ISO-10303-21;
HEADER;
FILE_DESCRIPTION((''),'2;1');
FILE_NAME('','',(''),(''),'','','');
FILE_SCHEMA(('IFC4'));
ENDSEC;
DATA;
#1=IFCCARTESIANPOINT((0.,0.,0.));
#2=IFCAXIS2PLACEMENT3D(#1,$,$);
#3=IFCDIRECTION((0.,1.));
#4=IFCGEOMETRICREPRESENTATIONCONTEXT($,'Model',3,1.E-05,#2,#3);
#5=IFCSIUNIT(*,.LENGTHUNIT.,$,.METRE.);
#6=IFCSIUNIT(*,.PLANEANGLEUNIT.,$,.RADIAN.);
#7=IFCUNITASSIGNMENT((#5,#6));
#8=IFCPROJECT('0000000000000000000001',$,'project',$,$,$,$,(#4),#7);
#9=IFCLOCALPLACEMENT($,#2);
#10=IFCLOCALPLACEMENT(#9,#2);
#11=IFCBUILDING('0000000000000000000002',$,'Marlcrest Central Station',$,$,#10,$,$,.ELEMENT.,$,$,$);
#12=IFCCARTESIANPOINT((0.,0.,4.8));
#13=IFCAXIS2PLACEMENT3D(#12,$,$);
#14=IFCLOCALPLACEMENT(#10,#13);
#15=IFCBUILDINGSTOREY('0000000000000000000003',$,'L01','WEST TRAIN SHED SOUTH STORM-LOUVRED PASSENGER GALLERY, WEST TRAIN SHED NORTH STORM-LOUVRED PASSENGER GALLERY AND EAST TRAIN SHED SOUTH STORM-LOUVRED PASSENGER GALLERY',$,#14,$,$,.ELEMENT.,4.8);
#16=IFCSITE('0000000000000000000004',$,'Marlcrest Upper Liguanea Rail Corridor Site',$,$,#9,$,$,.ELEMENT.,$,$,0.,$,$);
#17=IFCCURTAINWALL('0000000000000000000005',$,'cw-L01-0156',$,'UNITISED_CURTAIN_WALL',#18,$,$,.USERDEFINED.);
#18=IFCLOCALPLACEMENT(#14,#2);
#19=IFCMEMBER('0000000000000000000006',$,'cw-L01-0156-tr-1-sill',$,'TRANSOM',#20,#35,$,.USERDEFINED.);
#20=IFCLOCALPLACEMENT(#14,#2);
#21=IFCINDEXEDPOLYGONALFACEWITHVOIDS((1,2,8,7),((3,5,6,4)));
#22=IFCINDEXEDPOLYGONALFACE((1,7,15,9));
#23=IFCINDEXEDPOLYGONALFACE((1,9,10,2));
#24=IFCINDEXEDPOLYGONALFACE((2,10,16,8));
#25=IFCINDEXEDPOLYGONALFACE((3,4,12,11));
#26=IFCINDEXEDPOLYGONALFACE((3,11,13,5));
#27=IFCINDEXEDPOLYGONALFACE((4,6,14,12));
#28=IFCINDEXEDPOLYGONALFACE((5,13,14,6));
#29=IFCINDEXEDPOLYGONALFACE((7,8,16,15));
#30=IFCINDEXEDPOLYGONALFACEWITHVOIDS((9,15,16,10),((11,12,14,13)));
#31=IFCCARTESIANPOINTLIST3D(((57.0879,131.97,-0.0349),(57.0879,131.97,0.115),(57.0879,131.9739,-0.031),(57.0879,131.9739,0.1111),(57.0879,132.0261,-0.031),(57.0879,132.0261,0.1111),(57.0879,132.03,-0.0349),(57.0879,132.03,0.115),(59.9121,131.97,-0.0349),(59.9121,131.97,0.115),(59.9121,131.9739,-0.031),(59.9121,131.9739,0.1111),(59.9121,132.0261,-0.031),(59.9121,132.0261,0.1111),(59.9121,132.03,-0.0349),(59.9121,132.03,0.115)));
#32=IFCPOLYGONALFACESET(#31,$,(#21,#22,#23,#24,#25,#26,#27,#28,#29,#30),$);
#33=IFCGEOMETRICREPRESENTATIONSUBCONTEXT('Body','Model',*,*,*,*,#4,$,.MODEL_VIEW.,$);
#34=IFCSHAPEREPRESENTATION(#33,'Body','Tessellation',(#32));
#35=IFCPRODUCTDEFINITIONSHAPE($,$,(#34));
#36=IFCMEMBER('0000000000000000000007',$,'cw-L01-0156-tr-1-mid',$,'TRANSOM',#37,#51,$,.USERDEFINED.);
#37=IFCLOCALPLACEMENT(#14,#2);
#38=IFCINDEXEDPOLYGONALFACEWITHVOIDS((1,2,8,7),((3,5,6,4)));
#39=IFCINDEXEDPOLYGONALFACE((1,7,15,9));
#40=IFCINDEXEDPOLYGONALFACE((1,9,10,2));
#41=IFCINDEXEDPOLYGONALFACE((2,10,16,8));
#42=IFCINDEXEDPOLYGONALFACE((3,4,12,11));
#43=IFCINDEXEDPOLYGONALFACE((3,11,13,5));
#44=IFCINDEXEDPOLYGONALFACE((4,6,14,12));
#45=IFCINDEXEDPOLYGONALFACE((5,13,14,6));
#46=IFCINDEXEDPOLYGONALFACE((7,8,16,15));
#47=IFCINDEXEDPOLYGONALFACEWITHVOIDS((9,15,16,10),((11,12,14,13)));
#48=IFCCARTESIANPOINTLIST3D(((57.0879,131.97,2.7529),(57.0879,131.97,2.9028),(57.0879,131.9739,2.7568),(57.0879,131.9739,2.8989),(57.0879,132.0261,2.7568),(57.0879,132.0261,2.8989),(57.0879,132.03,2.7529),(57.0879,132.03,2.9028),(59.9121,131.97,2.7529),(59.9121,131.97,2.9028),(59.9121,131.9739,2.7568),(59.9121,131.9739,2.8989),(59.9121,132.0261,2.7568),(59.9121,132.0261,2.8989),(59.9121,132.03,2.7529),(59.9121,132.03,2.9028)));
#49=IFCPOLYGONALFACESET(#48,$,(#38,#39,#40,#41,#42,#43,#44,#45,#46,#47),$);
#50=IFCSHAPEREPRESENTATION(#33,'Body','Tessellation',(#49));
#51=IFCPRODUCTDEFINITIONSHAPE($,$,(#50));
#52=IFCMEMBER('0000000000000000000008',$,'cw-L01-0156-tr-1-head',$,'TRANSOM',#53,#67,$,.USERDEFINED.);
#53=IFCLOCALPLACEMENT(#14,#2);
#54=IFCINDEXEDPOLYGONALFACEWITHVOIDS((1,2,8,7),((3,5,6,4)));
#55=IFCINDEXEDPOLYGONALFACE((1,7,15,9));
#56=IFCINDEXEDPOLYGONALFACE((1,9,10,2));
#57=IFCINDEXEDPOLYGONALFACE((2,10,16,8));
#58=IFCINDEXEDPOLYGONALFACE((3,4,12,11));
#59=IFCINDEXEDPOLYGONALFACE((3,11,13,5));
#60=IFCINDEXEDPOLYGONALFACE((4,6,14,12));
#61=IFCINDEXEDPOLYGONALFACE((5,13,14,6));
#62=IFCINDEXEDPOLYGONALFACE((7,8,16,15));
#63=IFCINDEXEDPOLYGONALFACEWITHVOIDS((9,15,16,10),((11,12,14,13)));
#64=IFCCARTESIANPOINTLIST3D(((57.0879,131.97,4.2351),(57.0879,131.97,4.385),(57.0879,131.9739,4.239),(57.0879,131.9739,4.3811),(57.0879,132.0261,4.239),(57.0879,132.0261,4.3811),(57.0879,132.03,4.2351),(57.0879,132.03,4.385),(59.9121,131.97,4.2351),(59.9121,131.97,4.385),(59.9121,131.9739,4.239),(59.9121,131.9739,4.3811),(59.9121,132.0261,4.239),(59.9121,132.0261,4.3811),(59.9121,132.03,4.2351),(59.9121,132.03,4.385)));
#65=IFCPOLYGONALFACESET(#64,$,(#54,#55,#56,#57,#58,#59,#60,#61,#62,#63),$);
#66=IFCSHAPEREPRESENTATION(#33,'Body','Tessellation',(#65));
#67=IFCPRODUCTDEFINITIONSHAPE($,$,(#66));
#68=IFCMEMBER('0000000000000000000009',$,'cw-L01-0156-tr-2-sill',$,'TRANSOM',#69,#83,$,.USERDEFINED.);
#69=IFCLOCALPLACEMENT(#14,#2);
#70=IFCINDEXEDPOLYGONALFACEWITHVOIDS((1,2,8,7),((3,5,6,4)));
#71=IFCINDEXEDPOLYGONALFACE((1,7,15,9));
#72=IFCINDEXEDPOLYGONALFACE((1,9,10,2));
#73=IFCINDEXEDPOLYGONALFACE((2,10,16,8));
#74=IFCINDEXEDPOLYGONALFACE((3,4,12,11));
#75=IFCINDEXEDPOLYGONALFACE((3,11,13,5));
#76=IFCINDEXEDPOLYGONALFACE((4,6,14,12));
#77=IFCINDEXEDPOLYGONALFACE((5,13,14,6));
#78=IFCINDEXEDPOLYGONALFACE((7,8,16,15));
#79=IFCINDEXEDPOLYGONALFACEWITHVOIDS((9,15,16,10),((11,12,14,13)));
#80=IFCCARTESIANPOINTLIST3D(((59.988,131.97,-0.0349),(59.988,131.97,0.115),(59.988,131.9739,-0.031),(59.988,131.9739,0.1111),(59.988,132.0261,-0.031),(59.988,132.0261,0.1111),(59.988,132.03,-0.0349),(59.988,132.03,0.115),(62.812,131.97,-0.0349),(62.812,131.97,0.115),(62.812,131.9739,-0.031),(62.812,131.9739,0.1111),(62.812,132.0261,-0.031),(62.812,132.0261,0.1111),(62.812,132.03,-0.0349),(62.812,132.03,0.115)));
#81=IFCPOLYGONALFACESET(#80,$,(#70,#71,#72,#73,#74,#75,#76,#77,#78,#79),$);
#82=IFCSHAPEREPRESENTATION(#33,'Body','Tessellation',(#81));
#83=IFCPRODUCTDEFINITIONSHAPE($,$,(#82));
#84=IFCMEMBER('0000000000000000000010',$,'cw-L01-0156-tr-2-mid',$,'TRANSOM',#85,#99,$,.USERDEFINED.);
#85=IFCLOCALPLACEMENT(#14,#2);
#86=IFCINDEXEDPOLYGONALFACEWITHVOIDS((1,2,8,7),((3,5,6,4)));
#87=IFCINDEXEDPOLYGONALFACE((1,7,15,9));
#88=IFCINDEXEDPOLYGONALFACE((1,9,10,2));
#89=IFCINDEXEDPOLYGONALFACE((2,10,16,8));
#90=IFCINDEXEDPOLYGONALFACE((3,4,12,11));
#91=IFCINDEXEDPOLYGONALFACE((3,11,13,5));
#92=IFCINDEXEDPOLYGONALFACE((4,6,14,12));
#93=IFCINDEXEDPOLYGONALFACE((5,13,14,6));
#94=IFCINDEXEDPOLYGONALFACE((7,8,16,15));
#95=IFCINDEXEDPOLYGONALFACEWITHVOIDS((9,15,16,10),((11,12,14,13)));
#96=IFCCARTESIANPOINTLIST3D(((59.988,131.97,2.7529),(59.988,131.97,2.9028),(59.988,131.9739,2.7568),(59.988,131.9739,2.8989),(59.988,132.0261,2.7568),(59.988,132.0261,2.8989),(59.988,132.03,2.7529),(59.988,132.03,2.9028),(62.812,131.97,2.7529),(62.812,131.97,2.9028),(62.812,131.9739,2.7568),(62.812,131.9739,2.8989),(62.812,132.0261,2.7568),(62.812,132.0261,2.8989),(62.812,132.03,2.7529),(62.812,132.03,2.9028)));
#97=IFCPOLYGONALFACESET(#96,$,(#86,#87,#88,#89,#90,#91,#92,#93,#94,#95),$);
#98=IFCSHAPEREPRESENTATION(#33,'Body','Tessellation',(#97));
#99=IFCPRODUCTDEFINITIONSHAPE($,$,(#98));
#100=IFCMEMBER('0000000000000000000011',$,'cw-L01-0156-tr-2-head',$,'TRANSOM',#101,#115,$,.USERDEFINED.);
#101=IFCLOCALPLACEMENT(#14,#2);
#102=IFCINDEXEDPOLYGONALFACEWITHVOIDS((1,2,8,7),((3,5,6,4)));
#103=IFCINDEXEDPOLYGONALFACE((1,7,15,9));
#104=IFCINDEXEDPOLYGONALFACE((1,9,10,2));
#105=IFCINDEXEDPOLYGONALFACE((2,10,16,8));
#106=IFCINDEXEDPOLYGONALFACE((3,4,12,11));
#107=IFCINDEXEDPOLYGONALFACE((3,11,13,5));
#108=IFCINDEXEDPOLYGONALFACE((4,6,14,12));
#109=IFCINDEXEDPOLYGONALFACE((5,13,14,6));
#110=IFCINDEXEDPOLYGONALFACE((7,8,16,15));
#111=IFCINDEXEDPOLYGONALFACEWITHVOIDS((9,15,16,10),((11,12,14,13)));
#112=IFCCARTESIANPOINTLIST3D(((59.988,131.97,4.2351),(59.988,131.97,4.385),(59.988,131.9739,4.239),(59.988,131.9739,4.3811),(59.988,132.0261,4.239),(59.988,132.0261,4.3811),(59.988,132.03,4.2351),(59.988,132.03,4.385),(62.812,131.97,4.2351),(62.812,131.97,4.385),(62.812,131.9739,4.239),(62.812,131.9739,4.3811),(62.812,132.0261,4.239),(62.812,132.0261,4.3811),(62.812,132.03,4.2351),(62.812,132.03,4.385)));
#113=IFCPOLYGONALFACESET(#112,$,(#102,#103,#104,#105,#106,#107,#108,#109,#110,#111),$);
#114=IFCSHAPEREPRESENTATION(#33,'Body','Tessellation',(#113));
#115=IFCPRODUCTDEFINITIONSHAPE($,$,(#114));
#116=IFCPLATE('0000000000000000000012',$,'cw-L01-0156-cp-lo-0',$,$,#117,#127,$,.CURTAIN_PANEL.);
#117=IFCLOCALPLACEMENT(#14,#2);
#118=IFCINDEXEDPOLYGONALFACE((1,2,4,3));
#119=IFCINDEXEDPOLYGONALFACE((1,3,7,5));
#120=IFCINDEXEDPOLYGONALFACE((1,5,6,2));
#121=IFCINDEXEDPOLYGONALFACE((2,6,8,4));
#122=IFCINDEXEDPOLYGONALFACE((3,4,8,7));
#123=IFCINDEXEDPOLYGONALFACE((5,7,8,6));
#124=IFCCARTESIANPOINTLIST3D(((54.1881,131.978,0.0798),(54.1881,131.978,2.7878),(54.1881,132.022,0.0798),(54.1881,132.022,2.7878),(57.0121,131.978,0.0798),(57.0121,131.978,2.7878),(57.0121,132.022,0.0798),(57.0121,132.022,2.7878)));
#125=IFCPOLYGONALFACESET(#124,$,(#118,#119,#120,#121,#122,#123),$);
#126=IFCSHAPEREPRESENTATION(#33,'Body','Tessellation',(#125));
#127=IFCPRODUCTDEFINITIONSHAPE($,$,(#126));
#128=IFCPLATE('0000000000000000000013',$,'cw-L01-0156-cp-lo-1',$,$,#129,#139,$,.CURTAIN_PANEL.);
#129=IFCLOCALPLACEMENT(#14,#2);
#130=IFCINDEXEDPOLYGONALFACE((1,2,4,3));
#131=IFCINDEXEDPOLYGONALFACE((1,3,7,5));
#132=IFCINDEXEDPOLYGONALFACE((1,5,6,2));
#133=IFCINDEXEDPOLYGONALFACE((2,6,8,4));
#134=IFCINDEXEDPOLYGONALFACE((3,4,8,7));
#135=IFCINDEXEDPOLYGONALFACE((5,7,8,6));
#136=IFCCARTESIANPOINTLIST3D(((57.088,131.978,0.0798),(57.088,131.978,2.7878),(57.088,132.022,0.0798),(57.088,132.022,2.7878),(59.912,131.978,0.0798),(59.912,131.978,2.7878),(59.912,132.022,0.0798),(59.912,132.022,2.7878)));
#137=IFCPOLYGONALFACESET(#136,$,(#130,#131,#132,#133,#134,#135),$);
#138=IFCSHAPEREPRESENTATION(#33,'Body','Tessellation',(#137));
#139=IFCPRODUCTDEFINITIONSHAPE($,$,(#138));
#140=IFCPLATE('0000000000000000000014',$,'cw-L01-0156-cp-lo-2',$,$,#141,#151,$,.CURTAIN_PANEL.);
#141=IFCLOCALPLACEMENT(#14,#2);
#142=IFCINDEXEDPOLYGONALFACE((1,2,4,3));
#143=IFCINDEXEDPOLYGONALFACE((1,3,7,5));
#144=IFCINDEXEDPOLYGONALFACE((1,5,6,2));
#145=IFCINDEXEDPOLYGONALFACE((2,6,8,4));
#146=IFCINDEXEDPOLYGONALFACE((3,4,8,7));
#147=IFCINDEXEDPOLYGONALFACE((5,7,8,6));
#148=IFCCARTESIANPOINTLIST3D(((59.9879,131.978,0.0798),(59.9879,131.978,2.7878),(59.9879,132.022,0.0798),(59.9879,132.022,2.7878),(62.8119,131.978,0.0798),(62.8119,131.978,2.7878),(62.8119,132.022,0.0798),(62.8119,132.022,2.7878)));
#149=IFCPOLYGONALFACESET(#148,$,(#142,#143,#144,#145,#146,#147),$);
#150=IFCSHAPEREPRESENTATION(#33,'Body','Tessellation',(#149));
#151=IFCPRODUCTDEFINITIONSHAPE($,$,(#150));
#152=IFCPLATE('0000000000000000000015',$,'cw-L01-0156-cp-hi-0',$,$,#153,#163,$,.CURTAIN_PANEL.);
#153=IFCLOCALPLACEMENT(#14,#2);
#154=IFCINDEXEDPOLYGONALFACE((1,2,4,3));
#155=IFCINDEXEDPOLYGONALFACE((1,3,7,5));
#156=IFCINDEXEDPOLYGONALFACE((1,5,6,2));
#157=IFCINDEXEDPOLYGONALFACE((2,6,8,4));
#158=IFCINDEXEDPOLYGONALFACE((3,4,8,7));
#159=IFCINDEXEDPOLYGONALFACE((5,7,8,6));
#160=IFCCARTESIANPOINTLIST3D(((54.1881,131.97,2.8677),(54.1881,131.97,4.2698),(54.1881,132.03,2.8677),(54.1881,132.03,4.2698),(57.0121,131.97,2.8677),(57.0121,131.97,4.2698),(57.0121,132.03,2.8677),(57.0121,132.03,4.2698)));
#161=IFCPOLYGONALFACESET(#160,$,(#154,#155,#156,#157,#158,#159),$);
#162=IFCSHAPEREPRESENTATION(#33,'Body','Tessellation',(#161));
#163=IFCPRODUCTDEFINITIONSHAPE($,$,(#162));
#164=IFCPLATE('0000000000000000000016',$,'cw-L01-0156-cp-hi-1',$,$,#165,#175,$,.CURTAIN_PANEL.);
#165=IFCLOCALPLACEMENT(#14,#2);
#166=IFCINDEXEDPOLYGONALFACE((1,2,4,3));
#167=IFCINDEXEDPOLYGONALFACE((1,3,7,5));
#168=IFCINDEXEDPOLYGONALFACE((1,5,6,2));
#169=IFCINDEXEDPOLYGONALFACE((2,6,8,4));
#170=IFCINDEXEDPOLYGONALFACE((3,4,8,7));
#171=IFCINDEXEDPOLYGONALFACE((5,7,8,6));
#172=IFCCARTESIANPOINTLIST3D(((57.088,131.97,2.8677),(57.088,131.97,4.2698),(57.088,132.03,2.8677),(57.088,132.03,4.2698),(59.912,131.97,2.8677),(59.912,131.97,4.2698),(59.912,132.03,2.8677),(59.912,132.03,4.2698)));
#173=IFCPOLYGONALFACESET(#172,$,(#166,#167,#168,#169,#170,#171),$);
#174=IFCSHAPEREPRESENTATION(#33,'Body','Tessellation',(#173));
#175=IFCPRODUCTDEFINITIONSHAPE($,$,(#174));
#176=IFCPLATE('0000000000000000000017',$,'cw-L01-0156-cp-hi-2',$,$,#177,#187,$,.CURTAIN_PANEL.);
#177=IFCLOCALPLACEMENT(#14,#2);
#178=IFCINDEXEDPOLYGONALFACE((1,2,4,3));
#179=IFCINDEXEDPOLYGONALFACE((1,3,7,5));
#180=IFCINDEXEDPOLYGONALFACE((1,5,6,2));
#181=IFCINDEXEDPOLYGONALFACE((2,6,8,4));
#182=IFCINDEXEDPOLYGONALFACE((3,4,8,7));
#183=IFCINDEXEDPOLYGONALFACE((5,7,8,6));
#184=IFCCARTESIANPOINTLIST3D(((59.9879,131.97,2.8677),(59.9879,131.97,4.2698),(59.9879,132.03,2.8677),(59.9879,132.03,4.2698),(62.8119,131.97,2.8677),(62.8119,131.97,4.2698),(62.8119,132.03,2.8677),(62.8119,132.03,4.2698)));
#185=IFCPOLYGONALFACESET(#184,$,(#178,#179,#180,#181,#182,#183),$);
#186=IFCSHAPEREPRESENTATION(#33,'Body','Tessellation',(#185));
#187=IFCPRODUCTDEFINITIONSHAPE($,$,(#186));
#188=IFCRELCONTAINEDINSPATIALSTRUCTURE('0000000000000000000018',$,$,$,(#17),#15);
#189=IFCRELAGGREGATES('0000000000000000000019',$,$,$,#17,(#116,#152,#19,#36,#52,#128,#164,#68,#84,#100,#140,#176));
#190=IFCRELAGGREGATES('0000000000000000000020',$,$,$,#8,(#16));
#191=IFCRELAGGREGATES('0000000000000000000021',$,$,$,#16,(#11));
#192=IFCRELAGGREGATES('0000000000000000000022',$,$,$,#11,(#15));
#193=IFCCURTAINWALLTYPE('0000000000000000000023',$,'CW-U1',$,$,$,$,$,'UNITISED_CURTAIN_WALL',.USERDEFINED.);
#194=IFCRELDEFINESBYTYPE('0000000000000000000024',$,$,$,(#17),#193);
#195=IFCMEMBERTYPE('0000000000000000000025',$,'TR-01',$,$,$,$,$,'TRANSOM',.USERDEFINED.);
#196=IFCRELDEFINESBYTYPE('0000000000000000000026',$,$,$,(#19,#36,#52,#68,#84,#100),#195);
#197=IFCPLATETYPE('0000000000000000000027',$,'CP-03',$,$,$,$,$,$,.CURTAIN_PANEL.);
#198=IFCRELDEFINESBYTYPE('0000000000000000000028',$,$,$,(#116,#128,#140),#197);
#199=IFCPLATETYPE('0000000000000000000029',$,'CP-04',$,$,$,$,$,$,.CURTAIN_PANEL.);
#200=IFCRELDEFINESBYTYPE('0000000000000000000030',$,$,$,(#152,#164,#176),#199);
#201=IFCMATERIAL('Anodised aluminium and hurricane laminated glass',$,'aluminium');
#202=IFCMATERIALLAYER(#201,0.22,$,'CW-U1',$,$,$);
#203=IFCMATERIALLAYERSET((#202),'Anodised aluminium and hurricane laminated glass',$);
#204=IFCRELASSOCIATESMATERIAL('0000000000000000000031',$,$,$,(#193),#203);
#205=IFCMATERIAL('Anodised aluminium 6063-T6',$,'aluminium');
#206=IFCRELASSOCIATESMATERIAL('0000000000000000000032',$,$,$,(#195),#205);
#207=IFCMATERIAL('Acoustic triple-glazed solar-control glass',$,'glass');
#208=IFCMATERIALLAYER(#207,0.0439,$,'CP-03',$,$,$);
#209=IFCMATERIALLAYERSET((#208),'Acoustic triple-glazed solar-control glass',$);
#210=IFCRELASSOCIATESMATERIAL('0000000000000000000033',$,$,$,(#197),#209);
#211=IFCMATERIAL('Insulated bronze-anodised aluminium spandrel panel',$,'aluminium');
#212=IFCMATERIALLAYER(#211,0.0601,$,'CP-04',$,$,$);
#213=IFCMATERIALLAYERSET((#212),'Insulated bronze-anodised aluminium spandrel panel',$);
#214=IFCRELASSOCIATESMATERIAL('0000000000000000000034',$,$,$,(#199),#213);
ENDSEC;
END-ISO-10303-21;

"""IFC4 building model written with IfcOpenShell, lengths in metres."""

from ifc_helpers import new_model, si_unit, direction, frame, origin, origin_2d, place, context, subcontext, project, spatial, rectangle, hollow_rectangle, extrude, material, layer, layer_set, material_profile, profile_set, type_object, element, aggregate, save


model = new_model("IFC4")

# Units and contexts
model_context = context("Model", 3, precision=1e-05, world=origin(), true_north=direction((0.0, 1.0)))
body_context = subcontext(model_context, "Body", "Model", "MODEL_VIEW")
ifc_project = project(units=[si_unit("LENGTHUNIT", "METRE"), si_unit("PLANEANGLEUNIT", "RADIAN")], contexts=[model_context])

# Site, building, storey
site_placement = place(None, origin())
site = spatial("IfcSite", under=ifc_project, at=site_placement, Name="Marlcrest Upper Liguanea Rail Corridor Site", CompositionType="ELEMENT", RefElevation=0.0)
building_placement = place(site_placement, origin())
building = spatial("IfcBuilding", under=site, at=building_placement, Name="Marlcrest Central Station", CompositionType="ELEMENT")
storey_placement = place(building_placement, frame((0.0, 0.0, 4.8)))
storey = spatial("IfcBuildingStorey", under=building, at=storey_placement, Name="L01", Description="WEST TRAIN SHED SOUTH STORM-LOUVRED PASSENGER GALLERY, WEST TRAIN SHED NORTH STORM-LOUVRED PASSENGER GALLERY AND EAST TRAIN SHED SOUTH STORM-LOUVRED PASSENGER GALLERY", CompositionType="ELEMENT", Elevation=4.8)

# Curtain wall
ifc_material_1 = material(Name="Anodised aluminium and hurricane laminated glass", Category="aluminium")
ifc_layer_1 = layer(ifc_material_1, 0.22, Name="CW-U1")
ifc_layer_set_1 = layer_set([ifc_layer_1], Name="Anodised aluminium and hurricane laminated glass")
curtain_wall_type = type_object("IfcCurtainWallType", Name="CW-U1", ElementType="UNITISED_CURTAIN_WALL", PredefinedType="USERDEFINED", material=ifc_layer_set_1)
curtain_wall_placement = place(storey_placement, origin())
curtain_wall = element("IfcCurtainWall", 1, at=curtain_wall_placement, inside=storey, type_object=curtain_wall_type, Name="cw-L01-0156", ObjectType="UNITISED_CURTAIN_WALL", PredefinedType="USERDEFINED")
ifc_material_2 = material(Name="Anodised aluminium 6063-T6", Category="aluminium")

# Members
ifc_material_profile_1 = material_profile(ifc_material_2, hollow_rectangle(XDim=0.0601, YDim=0.1499, WallThickness=0.0039, at=origin_2d()), Name="AA-RHS 150x60x4")
ifc_profile_set_1 = profile_set([ifc_material_profile_1], Name="Anodised aluminium 6063-T6")
member_type_1 = type_object("IfcMemberType", Name="TR-01", ElementType="TRANSOM", PredefinedType="USERDEFINED", material=ifc_profile_set_1)
member_1_placement = place(storey_placement, frame((57.0879, 132.0, 0.04), z_axis=(1.0, 0.0, 0.0), x_axis=(0.0, 1.0, 0.0)))
member_1 = element("IfcMember", 2, at=member_1_placement, type_object=member_type_1, Name="cw-L01-0156-tr-1-sill", ObjectType="TRANSOM", PredefinedType="USERDEFINED", context=body_context, shape_type="SweptSolid", body=[
    extrude(hollow_rectangle(XDim=0.0601, YDim=0.1499, WallThickness=0.0039, at=origin_2d()), origin(), (0.0, 0.0, 1.0), 2.8242),
])
member_2_placement = place(storey_placement, frame((57.0879, 132.0, 2.8279), z_axis=(1.0, 0.0, 0.0), x_axis=(0.0, 1.0, 0.0)))
member_2 = element("IfcMember", 3, at=member_2_placement, type_object=member_type_1, Name="cw-L01-0156-tr-1-mid", ObjectType="TRANSOM", PredefinedType="USERDEFINED", context=body_context, shape_type="SweptSolid", body=[
    extrude(hollow_rectangle(XDim=0.0601, YDim=0.1499, WallThickness=0.0039, at=origin_2d()), origin(), (0.0, 0.0, 1.0), 2.8242),
])
member_3_placement = place(storey_placement, frame((57.0879, 132.0, 4.3101), z_axis=(1.0, 0.0, 0.0), x_axis=(0.0, 1.0, 0.0)))
member_3 = element("IfcMember", 4, at=member_3_placement, type_object=member_type_1, Name="cw-L01-0156-tr-1-head", ObjectType="TRANSOM", PredefinedType="USERDEFINED", context=body_context, shape_type="SweptSolid", body=[
    extrude(hollow_rectangle(XDim=0.0601, YDim=0.1499, WallThickness=0.0039, at=origin_2d()), origin(), (0.0, 0.0, 1.0), 2.8242),
])
member_4_placement = place(storey_placement, frame((59.988, 132.0, 0.04), z_axis=(1.0, 0.0, 0.0), x_axis=(0.0, 1.0, 0.0)))
member_4 = element("IfcMember", 5, at=member_4_placement, type_object=member_type_1, Name="cw-L01-0156-tr-2-sill", ObjectType="TRANSOM", PredefinedType="USERDEFINED", context=body_context, shape_type="SweptSolid", body=[
    extrude(hollow_rectangle(XDim=0.0601, YDim=0.1499, WallThickness=0.0039, at=origin_2d()), origin(), (0.0, 0.0, 1.0), 2.824),
])
member_5_placement = place(storey_placement, frame((59.988, 132.0, 2.8279), z_axis=(1.0, 0.0, 0.0), x_axis=(0.0, 1.0, 0.0)))
member_5 = element("IfcMember", 6, at=member_5_placement, type_object=member_type_1, Name="cw-L01-0156-tr-2-mid", ObjectType="TRANSOM", PredefinedType="USERDEFINED", context=body_context, shape_type="SweptSolid", body=[
    extrude(hollow_rectangle(XDim=0.0601, YDim=0.1499, WallThickness=0.0039, at=origin_2d()), origin(), (0.0, 0.0, 1.0), 2.824),
])
member_6_placement = place(storey_placement, frame((59.988, 132.0, 4.3101), z_axis=(1.0, 0.0, 0.0), x_axis=(0.0, 1.0, 0.0)))
member_6 = element("IfcMember", 7, at=member_6_placement, type_object=member_type_1, Name="cw-L01-0156-tr-2-head", ObjectType="TRANSOM", PredefinedType="USERDEFINED", context=body_context, shape_type="SweptSolid", body=[
    extrude(hollow_rectangle(XDim=0.0601, YDim=0.1499, WallThickness=0.0039, at=origin_2d()), origin(), (0.0, 0.0, 1.0), 2.824),
])

# Plates
ifc_material_3 = material(Name="Acoustic triple-glazed solar-control glass", Category="glass")
ifc_layer_2 = layer(ifc_material_3, 0.0439, Name="CP-03")
ifc_layer_set_2 = layer_set([ifc_layer_2], Name="Acoustic triple-glazed solar-control glass")
plate_type_1 = type_object("IfcPlateType", Name="CP-03", PredefinedType="CURTAIN_PANEL", material=ifc_layer_set_2)
plate_1_placement = place(storey_placement, frame((55.6001, 132.0, 0.0798), z_axis=(0.0, 0.0, 1.0), x_axis=(1.0, 0.0, 0.0)))
plate_1 = element("IfcPlate", 8, at=plate_1_placement, type_object=plate_type_1, Name="cw-L01-0156-cp-lo-0", PredefinedType="CURTAIN_PANEL", context=body_context, shape_type="SweptSolid", body=[
    extrude(rectangle(XDim=2.824, YDim=0.0439, at=origin_2d()), origin(), (0.0, 0.0, 1.0), 2.708),
])
plate_2_placement = place(storey_placement, frame((58.5, 132.0, 0.0798), z_axis=(0.0, 0.0, 1.0), x_axis=(1.0, 0.0, 0.0)))
plate_2 = element("IfcPlate", 9, at=plate_2_placement, type_object=plate_type_1, Name="cw-L01-0156-cp-lo-1", PredefinedType="CURTAIN_PANEL", context=body_context, shape_type="SweptSolid", body=[
    extrude(rectangle(XDim=2.824, YDim=0.0439, at=origin_2d()), origin(), (0.0, 0.0, 1.0), 2.708),
])
plate_3_placement = place(storey_placement, frame((61.3999, 132.0, 0.0798), z_axis=(0.0, 0.0, 1.0), x_axis=(1.0, 0.0, 0.0)))
plate_3 = element("IfcPlate", 10, at=plate_3_placement, type_object=plate_type_1, Name="cw-L01-0156-cp-lo-2", PredefinedType="CURTAIN_PANEL", context=body_context, shape_type="SweptSolid", body=[
    extrude(rectangle(XDim=2.824, YDim=0.0439, at=origin_2d()), origin(), (0.0, 0.0, 1.0), 2.708),
])
ifc_material_4 = material(Name="Insulated bronze-anodised aluminium spandrel panel", Category="aluminium")
ifc_layer_3 = layer(ifc_material_4, 0.0601, Name="CP-04")
ifc_layer_set_3 = layer_set([ifc_layer_3], Name="Insulated bronze-anodised aluminium spandrel panel")
plate_type_2 = type_object("IfcPlateType", Name="CP-04", PredefinedType="CURTAIN_PANEL", material=ifc_layer_set_3)
plate_4_placement = place(storey_placement, frame((55.6001, 132.0, 2.8677), z_axis=(0.0, 0.0, 1.0), x_axis=(1.0, 0.0, 0.0)))
plate_4 = element("IfcPlate", 11, at=plate_4_placement, type_object=plate_type_2, Name="cw-L01-0156-cp-hi-0", PredefinedType="CURTAIN_PANEL", context=body_context, shape_type="SweptSolid", body=[
    extrude(rectangle(XDim=2.824, YDim=0.0601, at=origin_2d()), origin(), (0.0, 0.0, 1.0), 1.4021),
])
plate_5_placement = place(storey_placement, frame((58.5, 132.0, 2.8677), z_axis=(0.0, 0.0, 1.0), x_axis=(1.0, 0.0, 0.0)))
plate_5 = element("IfcPlate", 12, at=plate_5_placement, type_object=plate_type_2, Name="cw-L01-0156-cp-hi-1", PredefinedType="CURTAIN_PANEL", context=body_context, shape_type="SweptSolid", body=[
    extrude(rectangle(XDim=2.824, YDim=0.0601, at=origin_2d()), origin(), (0.0, 0.0, 1.0), 1.4021),
])
plate_6_placement = place(storey_placement, frame((61.3999, 132.0, 2.8677), z_axis=(0.0, 0.0, 1.0), x_axis=(1.0, 0.0, 0.0)))
plate_6 = element("IfcPlate", 13, at=plate_6_placement, type_object=plate_type_2, Name="cw-L01-0156-cp-hi-2", PredefinedType="CURTAIN_PANEL", context=body_context, shape_type="SweptSolid", body=[
    extrude(rectangle(XDim=2.824, YDim=0.0601, at=origin_2d()), origin(), (0.0, 0.0, 1.0), 1.4021),
])
aggregate(curtain_wall, [plate_1, plate_4, member_1, member_2, member_3, plate_2, plate_5, member_4, member_5, member_6, plate_3, plate_6])

save(model, "model.ifc")
